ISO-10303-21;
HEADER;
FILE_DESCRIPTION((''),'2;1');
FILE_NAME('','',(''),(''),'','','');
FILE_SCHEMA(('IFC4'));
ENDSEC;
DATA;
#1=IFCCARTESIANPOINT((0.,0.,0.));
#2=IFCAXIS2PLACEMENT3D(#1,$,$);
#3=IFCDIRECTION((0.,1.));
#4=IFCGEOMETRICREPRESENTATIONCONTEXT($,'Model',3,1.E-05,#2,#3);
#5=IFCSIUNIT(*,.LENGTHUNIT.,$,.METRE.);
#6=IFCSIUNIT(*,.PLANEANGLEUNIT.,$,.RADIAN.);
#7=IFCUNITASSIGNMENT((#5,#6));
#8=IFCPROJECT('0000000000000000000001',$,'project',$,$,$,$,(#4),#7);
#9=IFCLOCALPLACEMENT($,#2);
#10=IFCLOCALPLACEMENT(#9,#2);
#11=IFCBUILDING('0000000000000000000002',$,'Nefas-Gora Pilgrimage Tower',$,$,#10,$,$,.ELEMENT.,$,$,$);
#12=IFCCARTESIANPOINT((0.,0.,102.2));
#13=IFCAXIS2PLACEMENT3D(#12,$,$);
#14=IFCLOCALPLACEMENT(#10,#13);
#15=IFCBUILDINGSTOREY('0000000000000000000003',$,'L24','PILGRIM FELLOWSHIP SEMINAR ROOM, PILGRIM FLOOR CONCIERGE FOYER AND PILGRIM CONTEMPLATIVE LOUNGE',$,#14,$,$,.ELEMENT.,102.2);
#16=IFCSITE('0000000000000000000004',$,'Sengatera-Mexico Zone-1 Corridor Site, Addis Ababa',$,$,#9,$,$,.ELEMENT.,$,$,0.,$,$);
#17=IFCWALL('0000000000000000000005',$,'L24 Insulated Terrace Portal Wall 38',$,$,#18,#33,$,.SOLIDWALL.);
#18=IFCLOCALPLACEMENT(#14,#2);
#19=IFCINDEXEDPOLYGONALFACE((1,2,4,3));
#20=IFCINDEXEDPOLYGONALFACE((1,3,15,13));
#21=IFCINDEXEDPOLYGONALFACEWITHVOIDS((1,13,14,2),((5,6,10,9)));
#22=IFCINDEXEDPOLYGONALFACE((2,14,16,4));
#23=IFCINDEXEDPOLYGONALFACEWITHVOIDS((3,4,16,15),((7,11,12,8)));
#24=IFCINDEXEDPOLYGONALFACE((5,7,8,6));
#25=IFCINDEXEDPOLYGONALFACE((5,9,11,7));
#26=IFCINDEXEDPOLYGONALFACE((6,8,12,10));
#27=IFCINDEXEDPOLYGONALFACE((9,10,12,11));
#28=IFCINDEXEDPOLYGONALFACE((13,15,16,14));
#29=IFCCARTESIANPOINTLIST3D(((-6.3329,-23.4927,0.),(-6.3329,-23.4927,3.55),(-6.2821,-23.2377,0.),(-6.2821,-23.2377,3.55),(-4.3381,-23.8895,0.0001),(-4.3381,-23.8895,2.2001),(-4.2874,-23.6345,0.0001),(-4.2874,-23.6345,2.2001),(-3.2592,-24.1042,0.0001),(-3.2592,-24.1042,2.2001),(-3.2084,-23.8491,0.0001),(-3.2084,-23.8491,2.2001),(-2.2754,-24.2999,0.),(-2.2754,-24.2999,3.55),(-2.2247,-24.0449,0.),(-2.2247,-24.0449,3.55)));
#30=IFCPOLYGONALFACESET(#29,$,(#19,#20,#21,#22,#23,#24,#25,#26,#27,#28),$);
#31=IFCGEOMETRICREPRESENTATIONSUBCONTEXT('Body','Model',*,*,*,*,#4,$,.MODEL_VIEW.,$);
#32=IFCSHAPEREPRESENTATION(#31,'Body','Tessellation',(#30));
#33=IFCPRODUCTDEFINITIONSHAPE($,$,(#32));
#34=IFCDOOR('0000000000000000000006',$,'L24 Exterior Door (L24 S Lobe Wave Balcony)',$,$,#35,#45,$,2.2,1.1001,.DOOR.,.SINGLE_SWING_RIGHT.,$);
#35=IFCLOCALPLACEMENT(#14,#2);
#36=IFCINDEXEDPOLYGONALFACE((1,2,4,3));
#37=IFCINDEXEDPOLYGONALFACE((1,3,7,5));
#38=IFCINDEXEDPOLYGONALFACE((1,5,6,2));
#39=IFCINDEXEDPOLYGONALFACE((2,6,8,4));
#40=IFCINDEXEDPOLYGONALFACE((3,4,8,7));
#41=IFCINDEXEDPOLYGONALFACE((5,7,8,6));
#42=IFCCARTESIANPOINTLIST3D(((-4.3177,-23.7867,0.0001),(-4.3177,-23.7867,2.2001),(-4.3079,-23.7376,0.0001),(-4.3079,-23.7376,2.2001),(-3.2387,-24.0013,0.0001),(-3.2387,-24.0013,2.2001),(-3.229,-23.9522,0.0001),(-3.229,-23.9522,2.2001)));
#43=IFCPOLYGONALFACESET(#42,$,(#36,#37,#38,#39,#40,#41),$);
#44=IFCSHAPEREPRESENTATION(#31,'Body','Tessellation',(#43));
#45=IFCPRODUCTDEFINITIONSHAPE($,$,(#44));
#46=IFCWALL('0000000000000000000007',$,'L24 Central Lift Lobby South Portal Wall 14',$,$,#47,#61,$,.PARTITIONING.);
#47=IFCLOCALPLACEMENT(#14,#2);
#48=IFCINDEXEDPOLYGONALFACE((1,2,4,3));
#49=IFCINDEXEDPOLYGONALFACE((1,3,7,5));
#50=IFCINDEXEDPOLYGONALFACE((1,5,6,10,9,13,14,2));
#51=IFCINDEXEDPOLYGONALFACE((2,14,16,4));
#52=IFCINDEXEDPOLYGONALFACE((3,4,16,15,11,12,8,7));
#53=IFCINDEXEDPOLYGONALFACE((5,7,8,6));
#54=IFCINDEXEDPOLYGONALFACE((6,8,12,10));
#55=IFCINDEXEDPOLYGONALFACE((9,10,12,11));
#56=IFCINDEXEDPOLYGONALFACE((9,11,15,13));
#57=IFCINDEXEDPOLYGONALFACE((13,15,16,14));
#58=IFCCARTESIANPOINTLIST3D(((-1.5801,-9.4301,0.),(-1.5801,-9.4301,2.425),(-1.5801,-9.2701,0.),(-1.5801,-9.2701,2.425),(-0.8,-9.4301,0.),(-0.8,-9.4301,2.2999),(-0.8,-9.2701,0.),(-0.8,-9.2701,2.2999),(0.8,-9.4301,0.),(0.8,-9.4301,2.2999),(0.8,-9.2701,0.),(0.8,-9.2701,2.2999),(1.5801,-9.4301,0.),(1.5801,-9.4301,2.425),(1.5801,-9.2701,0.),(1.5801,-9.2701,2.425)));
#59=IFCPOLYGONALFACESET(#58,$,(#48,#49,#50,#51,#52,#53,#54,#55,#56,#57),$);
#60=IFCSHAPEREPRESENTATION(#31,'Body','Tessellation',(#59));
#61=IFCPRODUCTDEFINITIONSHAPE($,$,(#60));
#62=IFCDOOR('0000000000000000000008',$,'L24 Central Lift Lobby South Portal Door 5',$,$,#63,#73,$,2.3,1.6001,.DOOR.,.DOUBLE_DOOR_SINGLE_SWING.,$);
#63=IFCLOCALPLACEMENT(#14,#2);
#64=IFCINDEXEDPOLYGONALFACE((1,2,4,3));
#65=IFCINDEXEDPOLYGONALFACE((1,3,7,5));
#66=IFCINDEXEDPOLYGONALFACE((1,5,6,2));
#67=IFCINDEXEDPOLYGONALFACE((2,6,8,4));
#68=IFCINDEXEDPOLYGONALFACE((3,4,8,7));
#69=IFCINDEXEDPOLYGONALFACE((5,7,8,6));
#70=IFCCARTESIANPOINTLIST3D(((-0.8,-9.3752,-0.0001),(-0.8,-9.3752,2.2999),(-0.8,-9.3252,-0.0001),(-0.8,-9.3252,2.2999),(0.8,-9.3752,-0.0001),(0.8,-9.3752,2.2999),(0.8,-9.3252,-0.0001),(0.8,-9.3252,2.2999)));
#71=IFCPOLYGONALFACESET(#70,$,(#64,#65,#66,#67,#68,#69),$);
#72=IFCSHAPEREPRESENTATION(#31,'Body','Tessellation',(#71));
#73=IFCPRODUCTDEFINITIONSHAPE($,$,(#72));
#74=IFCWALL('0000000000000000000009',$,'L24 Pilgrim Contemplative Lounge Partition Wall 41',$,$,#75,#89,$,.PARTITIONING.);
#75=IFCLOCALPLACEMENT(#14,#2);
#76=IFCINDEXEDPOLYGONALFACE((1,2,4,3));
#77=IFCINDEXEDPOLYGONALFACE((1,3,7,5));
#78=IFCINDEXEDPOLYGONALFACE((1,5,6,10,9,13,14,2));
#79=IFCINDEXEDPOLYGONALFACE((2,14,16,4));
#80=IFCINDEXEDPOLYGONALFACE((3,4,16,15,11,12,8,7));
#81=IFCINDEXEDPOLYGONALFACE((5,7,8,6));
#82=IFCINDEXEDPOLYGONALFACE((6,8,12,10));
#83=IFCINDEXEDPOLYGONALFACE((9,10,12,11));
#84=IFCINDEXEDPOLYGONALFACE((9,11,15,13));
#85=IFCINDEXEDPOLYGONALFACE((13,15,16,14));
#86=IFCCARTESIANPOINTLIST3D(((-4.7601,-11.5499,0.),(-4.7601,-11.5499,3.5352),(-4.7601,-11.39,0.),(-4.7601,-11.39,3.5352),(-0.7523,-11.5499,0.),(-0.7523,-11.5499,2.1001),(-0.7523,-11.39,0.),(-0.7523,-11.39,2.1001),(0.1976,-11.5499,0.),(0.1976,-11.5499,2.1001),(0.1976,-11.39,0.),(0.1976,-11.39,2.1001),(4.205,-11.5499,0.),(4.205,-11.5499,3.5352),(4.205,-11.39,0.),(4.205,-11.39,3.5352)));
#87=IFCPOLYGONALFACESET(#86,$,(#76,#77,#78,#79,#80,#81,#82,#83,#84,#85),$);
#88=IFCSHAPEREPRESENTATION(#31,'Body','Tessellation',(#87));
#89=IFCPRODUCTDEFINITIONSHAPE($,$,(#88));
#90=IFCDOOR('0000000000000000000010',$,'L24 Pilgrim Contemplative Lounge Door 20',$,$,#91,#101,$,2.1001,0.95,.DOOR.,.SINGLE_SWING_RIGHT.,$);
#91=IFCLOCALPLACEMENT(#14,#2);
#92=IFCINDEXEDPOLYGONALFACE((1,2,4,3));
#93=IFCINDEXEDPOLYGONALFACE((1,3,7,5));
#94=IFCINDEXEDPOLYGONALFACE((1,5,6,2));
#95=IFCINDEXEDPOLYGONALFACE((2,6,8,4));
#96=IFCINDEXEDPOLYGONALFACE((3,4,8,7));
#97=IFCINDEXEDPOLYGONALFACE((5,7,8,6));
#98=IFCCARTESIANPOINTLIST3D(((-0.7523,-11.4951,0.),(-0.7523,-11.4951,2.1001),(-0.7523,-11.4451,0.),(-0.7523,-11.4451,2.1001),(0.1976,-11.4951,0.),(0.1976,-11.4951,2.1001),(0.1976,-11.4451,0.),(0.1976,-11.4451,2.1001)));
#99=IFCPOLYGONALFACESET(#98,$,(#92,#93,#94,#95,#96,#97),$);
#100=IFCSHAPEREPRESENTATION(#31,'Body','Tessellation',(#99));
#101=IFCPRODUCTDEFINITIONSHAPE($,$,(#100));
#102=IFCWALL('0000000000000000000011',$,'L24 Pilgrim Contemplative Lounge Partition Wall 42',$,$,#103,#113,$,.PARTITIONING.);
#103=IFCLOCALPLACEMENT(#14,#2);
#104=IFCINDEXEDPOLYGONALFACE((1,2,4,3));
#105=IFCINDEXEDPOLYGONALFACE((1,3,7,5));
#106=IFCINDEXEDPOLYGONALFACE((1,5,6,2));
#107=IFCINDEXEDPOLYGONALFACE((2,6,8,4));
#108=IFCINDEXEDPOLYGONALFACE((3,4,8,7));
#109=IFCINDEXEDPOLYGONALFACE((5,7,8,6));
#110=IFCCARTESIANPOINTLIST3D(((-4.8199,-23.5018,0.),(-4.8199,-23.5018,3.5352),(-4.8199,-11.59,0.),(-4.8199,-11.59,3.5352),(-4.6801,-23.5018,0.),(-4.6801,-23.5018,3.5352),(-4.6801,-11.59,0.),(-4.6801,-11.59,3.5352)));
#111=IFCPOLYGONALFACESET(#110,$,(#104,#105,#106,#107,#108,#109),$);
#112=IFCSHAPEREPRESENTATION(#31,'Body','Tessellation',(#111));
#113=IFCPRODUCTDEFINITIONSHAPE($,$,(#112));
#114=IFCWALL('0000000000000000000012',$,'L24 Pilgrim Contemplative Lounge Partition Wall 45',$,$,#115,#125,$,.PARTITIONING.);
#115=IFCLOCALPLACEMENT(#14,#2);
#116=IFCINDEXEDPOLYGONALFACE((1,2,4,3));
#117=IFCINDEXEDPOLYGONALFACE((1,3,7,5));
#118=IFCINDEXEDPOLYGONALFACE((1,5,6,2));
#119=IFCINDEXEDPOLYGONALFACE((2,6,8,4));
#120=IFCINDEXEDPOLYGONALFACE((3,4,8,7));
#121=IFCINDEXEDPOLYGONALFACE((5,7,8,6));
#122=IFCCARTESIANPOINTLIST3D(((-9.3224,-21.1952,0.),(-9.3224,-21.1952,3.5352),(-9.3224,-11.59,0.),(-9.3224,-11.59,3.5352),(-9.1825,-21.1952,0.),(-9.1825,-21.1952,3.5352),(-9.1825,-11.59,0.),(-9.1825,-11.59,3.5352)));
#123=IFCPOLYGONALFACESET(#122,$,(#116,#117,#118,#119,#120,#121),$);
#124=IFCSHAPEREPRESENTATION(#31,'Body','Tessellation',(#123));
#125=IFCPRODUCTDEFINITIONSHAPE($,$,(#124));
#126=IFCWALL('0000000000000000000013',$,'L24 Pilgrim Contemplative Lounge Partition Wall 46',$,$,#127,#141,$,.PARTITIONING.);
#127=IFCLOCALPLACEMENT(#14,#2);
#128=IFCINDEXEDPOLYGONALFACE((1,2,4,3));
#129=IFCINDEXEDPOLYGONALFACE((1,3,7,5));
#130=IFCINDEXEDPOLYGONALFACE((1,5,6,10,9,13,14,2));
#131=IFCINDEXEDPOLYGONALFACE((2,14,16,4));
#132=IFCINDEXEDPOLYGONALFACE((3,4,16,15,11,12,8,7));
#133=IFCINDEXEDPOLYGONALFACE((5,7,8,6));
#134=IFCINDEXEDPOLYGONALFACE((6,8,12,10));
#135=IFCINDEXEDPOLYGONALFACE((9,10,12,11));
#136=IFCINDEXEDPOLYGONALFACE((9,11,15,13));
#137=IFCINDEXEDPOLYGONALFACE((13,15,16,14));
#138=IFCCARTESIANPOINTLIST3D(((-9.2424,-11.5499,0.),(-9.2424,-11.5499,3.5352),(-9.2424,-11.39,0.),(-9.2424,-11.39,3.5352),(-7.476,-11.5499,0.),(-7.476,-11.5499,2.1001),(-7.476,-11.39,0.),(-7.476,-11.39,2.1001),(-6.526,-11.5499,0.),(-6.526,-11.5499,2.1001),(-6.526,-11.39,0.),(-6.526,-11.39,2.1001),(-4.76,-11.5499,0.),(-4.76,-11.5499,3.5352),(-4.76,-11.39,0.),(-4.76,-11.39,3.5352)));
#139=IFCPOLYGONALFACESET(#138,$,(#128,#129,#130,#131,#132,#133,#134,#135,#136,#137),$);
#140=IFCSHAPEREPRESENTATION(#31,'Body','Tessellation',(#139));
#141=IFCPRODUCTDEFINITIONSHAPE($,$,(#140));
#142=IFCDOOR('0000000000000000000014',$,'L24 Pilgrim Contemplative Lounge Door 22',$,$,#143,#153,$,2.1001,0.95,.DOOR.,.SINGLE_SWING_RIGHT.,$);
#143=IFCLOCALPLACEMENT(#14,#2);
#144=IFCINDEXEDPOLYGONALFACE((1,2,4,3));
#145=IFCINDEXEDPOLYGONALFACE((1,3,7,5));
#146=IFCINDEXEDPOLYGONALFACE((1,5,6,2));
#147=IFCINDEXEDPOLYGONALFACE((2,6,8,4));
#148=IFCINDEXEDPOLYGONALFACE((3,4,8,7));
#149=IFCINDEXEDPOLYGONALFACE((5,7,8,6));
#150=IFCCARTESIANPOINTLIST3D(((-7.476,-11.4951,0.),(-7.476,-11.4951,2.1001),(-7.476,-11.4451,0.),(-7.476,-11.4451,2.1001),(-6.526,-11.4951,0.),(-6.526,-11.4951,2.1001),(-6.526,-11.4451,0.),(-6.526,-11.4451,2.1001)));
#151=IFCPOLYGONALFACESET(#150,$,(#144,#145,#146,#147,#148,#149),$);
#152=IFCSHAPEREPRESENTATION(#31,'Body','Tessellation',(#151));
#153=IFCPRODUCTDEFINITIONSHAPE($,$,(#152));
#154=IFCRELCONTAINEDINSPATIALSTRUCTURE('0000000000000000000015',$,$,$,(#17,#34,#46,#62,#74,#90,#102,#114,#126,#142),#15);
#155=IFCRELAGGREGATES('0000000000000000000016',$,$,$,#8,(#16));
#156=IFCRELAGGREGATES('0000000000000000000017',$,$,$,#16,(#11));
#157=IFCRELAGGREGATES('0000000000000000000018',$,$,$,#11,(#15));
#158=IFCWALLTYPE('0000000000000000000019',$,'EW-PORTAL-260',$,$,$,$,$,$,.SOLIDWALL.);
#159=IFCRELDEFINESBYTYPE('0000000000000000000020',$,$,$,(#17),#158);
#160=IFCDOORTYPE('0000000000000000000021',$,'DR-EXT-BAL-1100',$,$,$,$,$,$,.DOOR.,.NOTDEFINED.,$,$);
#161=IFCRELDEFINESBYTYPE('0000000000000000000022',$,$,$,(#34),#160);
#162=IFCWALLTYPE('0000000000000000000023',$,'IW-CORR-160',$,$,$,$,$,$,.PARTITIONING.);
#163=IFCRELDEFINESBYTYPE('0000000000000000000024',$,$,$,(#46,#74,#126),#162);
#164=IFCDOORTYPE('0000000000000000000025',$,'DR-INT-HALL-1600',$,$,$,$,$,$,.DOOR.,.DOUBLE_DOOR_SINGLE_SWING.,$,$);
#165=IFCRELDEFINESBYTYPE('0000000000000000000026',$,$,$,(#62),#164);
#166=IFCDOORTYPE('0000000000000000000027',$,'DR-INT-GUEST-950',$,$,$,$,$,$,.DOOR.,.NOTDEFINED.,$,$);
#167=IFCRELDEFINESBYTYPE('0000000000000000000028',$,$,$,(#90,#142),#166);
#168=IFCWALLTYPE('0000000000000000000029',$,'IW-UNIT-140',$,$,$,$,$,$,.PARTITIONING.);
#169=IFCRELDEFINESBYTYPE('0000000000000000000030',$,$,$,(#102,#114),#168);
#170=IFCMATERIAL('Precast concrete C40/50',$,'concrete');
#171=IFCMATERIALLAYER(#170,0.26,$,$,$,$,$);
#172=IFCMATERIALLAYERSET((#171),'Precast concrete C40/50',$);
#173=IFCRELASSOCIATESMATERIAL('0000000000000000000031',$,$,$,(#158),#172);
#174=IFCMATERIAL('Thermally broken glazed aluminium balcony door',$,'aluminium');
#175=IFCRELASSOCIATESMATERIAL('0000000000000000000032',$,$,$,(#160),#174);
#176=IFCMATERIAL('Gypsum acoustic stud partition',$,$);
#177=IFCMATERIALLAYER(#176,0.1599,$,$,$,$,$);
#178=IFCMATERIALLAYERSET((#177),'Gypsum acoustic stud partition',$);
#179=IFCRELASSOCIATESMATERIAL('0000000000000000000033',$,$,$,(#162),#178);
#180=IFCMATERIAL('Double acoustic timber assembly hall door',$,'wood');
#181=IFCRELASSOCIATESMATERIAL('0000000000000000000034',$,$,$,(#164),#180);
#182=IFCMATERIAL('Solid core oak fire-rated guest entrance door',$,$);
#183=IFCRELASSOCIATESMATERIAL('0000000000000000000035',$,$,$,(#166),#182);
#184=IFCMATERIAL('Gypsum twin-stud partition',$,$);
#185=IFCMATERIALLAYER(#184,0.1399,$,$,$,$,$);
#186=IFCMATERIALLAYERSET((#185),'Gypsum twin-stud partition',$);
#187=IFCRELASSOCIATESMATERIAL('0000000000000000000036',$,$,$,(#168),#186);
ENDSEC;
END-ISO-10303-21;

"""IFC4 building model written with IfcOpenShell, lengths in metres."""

from ifc_helpers import new_model, si_unit, direction, frame, frame_2d, origin, place, context, subcontext, project, spatial, rectangle, extrude, source, transform, mapped, material, layer, layer_set, type_object, element, fill, save


model = new_model("IFC4")

# Units and contexts
model_context = context("Model", 3, precision=1e-05, world=origin(), true_north=direction((0.0, 1.0)))
body_context = subcontext(model_context, "Body", "Model", "MODEL_VIEW")
ifc_project = project(units=[si_unit("LENGTHUNIT", "METRE"), si_unit("PLANEANGLEUNIT", "RADIAN")], contexts=[model_context])

# Site, building, storey
site_placement = place(None, origin())
site = spatial("IfcSite", under=ifc_project, at=site_placement, Name="Sengatera-Mexico Zone-1 Corridor Site, Addis Ababa", CompositionType="ELEMENT", RefElevation=0.0)
building_placement = place(site_placement, origin())
building = spatial("IfcBuilding", under=site, at=building_placement, Name="Nefas-Gora Pilgrimage Tower", CompositionType="ELEMENT")
storey_placement = place(building_placement, frame((0.0, 0.0, 102.2)))
storey = spatial("IfcBuildingStorey", under=building, at=storey_placement, Name="L24", Description="PILGRIM FELLOWSHIP SEMINAR ROOM, PILGRIM FLOOR CONCIERGE FOYER AND PILGRIM CONTEMPLATIVE LOUNGE", CompositionType="ELEMENT", Elevation=102.2)

# Shared definitions
ifc_material_1 = material(Name="Precast concrete C40/50", Category="concrete")
ifc_layer_1 = layer(ifc_material_1, 0.26)
ifc_layer_set_1 = layer_set([ifc_layer_1], Name="Precast concrete C40/50")
wall_type_1 = type_object("IfcWallType", Name="EW-PORTAL-260", PredefinedType="SOLIDWALL", material=ifc_layer_set_1)

# Walls, openings, doors
shared_shape_1 = source(origin(), body_context, "Body", "SweptSolid", [
    extrude(rectangle(XDim=4.137, YDim=0.26, at=frame_2d((2.0684, 0.0))), origin(), (0.0, 0.0, 1.0), 3.55),
])
wall_1_placement = place(storey_placement, frame((-6.3074, -23.3652, 0.0), z_axis=(0.0, 0.0, 1.0), x_axis=(0.980782, -0.195106, 0.0)))
wall_1 = element("IfcWall", 1, at=wall_1_placement, inside=storey, type_object=wall_type_1, Name="L24 Insulated Terrace Portal Wall 38", PredefinedType="SOLIDWALL", context=body_context, shape_type="MappedRepresentation", body=[
    mapped(shared_shape_1, transform((0.0, 0.0, 0.0), x_axis=(1.0, 0.0, 0.0), y_axis=(0.0, 1.0, 0.0), z_axis=(0.0, 0.0, 1.0), scale=1.0)),
])
opening_1_placement = place(wall_1_placement, frame((2.0337, 0.0, 0.0)))
opening_1 = element("IfcOpeningElement", 2, at=opening_1_placement, cuts=wall_1, PredefinedType="OPENING", context=body_context, shape_type="SweptSolid", body=[
    extrude(rectangle(XDim=1.1001, YDim=2.2, at=frame_2d((0.55, 1.1001))), frame((0.0, 0.1399, 0.0), z_axis=(0.0, -1.0, 0.0), x_axis=(1.0, 0.0, 0.0)), (0.0, 0.0, 1.0), 0.28),
])
ifc_material_2 = material(Name="Thermally broken glazed aluminium balcony door", Category="aluminium")
door_type_1 = type_object("IfcDoorType", Name="DR-EXT-BAL-1100", OperationType="NOTDEFINED", PredefinedType="DOOR", material=ifc_material_2)
shared_shape_2 = source(origin(), body_context, "Body", "SweptSolid", [
    extrude(rectangle(XDim=1.1001, YDim=2.2, at=frame_2d((0.55, 1.1001))), frame((0.0, 0.0249, 0.0), z_axis=(0.0, -1.0, 0.0), x_axis=(1.0, 0.0, 0.0)), (0.0, 0.0, 1.0), 0.05),
])
door_1_placement = place(opening_1_placement, origin())
door_1 = element("IfcDoor", 3, at=door_1_placement, inside=storey, type_object=door_type_1, Name="L24 Exterior Door (L24 S Lobe Wave Balcony)", OperationType="SINGLE_SWING_RIGHT", OverallHeight=2.2, OverallWidth=1.1001, PredefinedType="DOOR", context=body_context, shape_type="MappedRepresentation", body=[
    mapped(shared_shape_2, transform((0.0, 0.0, 0.0), x_axis=(1.0, 0.0, 0.0), y_axis=(0.0, 1.0, 0.0), z_axis=(0.0, 0.0, 1.0), scale=1.0)),
])
fill(opening_1, door_1)
ifc_material_3 = material(Name="Gypsum acoustic stud partition")
ifc_layer_2 = layer(ifc_material_3, 0.1599)
ifc_layer_set_2 = layer_set([ifc_layer_2], Name="Gypsum acoustic stud partition")
wall_type_2 = type_object("IfcWallType", Name="IW-CORR-160", PredefinedType="PARTITIONING", material=ifc_layer_set_2)
shared_shape_3 = source(origin(), body_context, "Body", "SweptSolid", [
    extrude(rectangle(XDim=3.1602, YDim=0.1599, at=frame_2d((1.5801, 0.0))), origin(), (0.0, 0.0, 1.0), 2.425),
])
wall_2_placement = place(storey_placement, frame((-1.5801, -9.3501, 0.0), z_axis=(0.0, 0.0, 1.0), x_axis=(1.0, 0.0, 0.0)))
wall_2 = element("IfcWall", 4, at=wall_2_placement, inside=storey, type_object=wall_type_2, Name="L24 Central Lift Lobby South Portal Wall 14", PredefinedType="PARTITIONING", context=body_context, shape_type="MappedRepresentation", body=[
    mapped(shared_shape_3, transform((0.0, 0.0, 0.0), x_axis=(1.0, 0.0, 0.0), y_axis=(0.0, 1.0, 0.0), z_axis=(0.0, 0.0, 1.0), scale=1.0)),
])
opening_2_placement = place(wall_2_placement, frame((0.78, 0.0, 0.0)))
opening_2 = element("IfcOpeningElement", 5, at=opening_2_placement, cuts=wall_2, PredefinedType="OPENING", context=body_context, shape_type="SweptSolid", body=[
    extrude(rectangle(XDim=1.6001, YDim=2.3, at=frame_2d((0.8, 1.1499))), frame((0.0, 0.0898, 0.0), z_axis=(0.0, -1.0, 0.0), x_axis=(1.0, 0.0, 0.0)), (0.0, 0.0, 1.0), 0.1799),
])
ifc_material_4 = material(Name="Double acoustic timber assembly hall door", Category="wood")
door_type_2 = type_object("IfcDoorType", Name="DR-INT-HALL-1600", OperationType="DOUBLE_DOOR_SINGLE_SWING", PredefinedType="DOOR", material=ifc_material_4)
shared_shape_4 = source(origin(), body_context, "Body", "SweptSolid", [
    extrude(rectangle(XDim=1.6001, YDim=2.3, at=frame_2d((0.8, 1.1499))), frame((0.0, 0.0249, 0.0), z_axis=(0.0, -1.0, 0.0), x_axis=(1.0, 0.0, 0.0)), (0.0, 0.0, 1.0), 0.05),
])
door_2_placement = place(opening_2_placement, origin())
door_2 = element("IfcDoor", 6, at=door_2_placement, inside=storey, type_object=door_type_2, Name="L24 Central Lift Lobby South Portal Door 5", OperationType="DOUBLE_DOOR_SINGLE_SWING", OverallHeight=2.3, OverallWidth=1.6001, PredefinedType="DOOR", context=body_context, shape_type="MappedRepresentation", body=[
    mapped(shared_shape_4, transform((0.0, 0.0, 0.0), x_axis=(1.0, 0.0, 0.0), y_axis=(0.0, 1.0, 0.0), z_axis=(0.0, 0.0, 1.0), scale=1.0)),
])
fill(opening_2, door_2)
shared_shape_5 = source(origin(), body_context, "Body", "SweptSolid", [
    extrude(rectangle(XDim=8.9651, YDim=0.1599, at=frame_2d((4.4824, 0.0))), origin(), (0.0, 0.0, 1.0), 3.5352),
])
wall_3_placement = place(storey_placement, frame((-4.76, -11.47, 0.0), z_axis=(0.0, 0.0, 1.0), x_axis=(1.0, 0.0, 0.0)))
wall_3 = element("IfcWall", 7, at=wall_3_placement, inside=storey, type_object=wall_type_2, Name="L24 Pilgrim Contemplative Lounge Partition Wall 41", PredefinedType="PARTITIONING", context=body_context, shape_type="MappedRepresentation", body=[
    mapped(shared_shape_5, transform((0.0, 0.0, 0.0), x_axis=(1.0, 0.0, 0.0), y_axis=(0.0, 1.0, 0.0), z_axis=(0.0, 0.0, 1.0), scale=1.0)),
])
opening_3_placement = place(wall_3_placement, frame((4.0076, 0.0, 0.0)))
opening_3 = element("IfcOpeningElement", 8, at=opening_3_placement, cuts=wall_3, PredefinedType="OPENING", context=body_context, shape_type="SweptSolid", body=[
    extrude(rectangle(XDim=0.95, YDim=2.1001, at=frame_2d((0.4751, 1.05))), frame((0.0, 0.0898, 0.0), z_axis=(0.0, -1.0, 0.0), x_axis=(1.0, 0.0, 0.0)), (0.0, 0.0, 1.0), 0.1799),
])
ifc_material_5 = material(Name="Solid core oak fire-rated guest entrance door")
door_type_3 = type_object("IfcDoorType", Name="DR-INT-GUEST-950", OperationType="NOTDEFINED", PredefinedType="DOOR", material=ifc_material_5)
shared_shape_6 = source(origin(), body_context, "Body", "SweptSolid", [
    extrude(rectangle(XDim=0.95, YDim=2.1001, at=frame_2d((0.4751, 1.05))), frame((0.0, 0.0249, 0.0), z_axis=(0.0, -1.0, 0.0), x_axis=(1.0, 0.0, 0.0)), (0.0, 0.0, 1.0), 0.05),
])
door_3_placement = place(opening_3_placement, origin())
door_3 = element("IfcDoor", 9, at=door_3_placement, inside=storey, type_object=door_type_3, Name="L24 Pilgrim Contemplative Lounge Door 20", OperationType="SINGLE_SWING_RIGHT", OverallHeight=2.1001, OverallWidth=0.95, PredefinedType="DOOR", context=body_context, shape_type="MappedRepresentation", body=[
    mapped(shared_shape_6, transform((0.0, 0.0, 0.0), x_axis=(1.0, 0.0, 0.0), y_axis=(0.0, 1.0, 0.0), z_axis=(0.0, 0.0, 1.0), scale=1.0)),
])
fill(opening_3, door_3)

# Walls
ifc_material_6 = material(Name="Gypsum twin-stud partition")
ifc_layer_3 = layer(ifc_material_6, 0.1399)
ifc_layer_set_3 = layer_set([ifc_layer_3], Name="Gypsum twin-stud partition")
wall_type_3 = type_object("IfcWallType", Name="IW-UNIT-140", PredefinedType="PARTITIONING", material=ifc_layer_set_3)
shared_shape_7 = source(origin(), body_context, "Body", "SweptSolid", [
    extrude(rectangle(XDim=11.9119, YDim=0.1399, at=frame_2d((5.9561, 0.0))), origin(), (0.0, 0.0, 1.0), 3.5352),
])
wall_4_placement = place(storey_placement, frame((-4.75, -23.502, 0.0), z_axis=(0.0, 0.0, 1.0), x_axis=(0.0, 1.0, 0.0)))
element("IfcWall", 10, at=wall_4_placement, inside=storey, type_object=wall_type_3, Name="L24 Pilgrim Contemplative Lounge Partition Wall 42", PredefinedType="PARTITIONING", context=body_context, shape_type="MappedRepresentation", body=[
    mapped(shared_shape_7, transform((0.0, 0.0, 0.0), x_axis=(1.0, 0.0, 0.0), y_axis=(0.0, 1.0, 0.0), z_axis=(0.0, 0.0, 1.0), scale=1.0)),
])
shared_shape_8 = source(origin(), body_context, "Body", "SweptSolid", [
    extrude(rectangle(XDim=9.6052, YDim=0.1399, at=frame_2d((4.8027, 0.0))), origin(), (0.0, 0.0, 1.0), 3.5352),
])
wall_5_placement = place(storey_placement, frame((-9.2524, -21.1953, 0.0), z_axis=(0.0, 0.0, 1.0), x_axis=(0.0, 1.0, 0.0)))
element("IfcWall", 11, at=wall_5_placement, inside=storey, type_object=wall_type_3, Name="L24 Pilgrim Contemplative Lounge Partition Wall 45", PredefinedType="PARTITIONING", context=body_context, shape_type="MappedRepresentation", body=[
    mapped(shared_shape_8, transform((0.0, 0.0, 0.0), x_axis=(1.0, 0.0, 0.0), y_axis=(0.0, 1.0, 0.0), z_axis=(0.0, 0.0, 1.0), scale=1.0)),
])

# Wall, opening, door
shared_shape_9 = source(origin(), body_context, "Body", "SweptSolid", [
    extrude(rectangle(XDim=4.4824, YDim=0.1599, at=frame_2d((2.2412, 0.0))), origin(), (0.0, 0.0, 1.0), 3.5352),
])
wall_6_placement = place(storey_placement, frame((-9.2424, -11.47, 0.0), z_axis=(0.0, 0.0, 1.0), x_axis=(1.0, 0.0, 0.0)))
wall_6 = element("IfcWall", 12, at=wall_6_placement, inside=storey, type_object=wall_type_2, Name="L24 Pilgrim Contemplative Lounge Partition Wall 46", PredefinedType="PARTITIONING", context=body_context, shape_type="MappedRepresentation", body=[
    mapped(shared_shape_9, transform((0.0, 0.0, 0.0), x_axis=(1.0, 0.0, 0.0), y_axis=(0.0, 1.0, 0.0), z_axis=(0.0, 0.0, 1.0), scale=1.0)),
])
opening_4_placement = place(wall_6_placement, frame((1.7664, 0.0, 0.0)))
opening_4 = element("IfcOpeningElement", 13, at=opening_4_placement, cuts=wall_6, PredefinedType="OPENING", context=body_context, shape_type="SweptSolid", body=[
    extrude(rectangle(XDim=0.95, YDim=2.1001, at=frame_2d((0.4751, 1.05))), frame((0.0, 0.0898, 0.0), z_axis=(0.0, -1.0, 0.0), x_axis=(1.0, 0.0, 0.0)), (0.0, 0.0, 1.0), 0.1799),
])
door_4_placement = place(opening_4_placement, origin())
door_4 = element("IfcDoor", 14, at=door_4_placement, inside=storey, type_object=door_type_3, Name="L24 Pilgrim Contemplative Lounge Door 22", OperationType="SINGLE_SWING_RIGHT", OverallHeight=2.1001, OverallWidth=0.95, PredefinedType="DOOR", context=body_context, shape_type="MappedRepresentation", body=[
    mapped(shared_shape_6, transform((0.0, 0.0, 0.0), x_axis=(1.0, 0.0, 0.0), y_axis=(0.0, 1.0, 0.0), z_axis=(0.0, 0.0, 1.0), scale=1.0)),
])
fill(opening_4, door_4)

save(model, "model.ifc")
